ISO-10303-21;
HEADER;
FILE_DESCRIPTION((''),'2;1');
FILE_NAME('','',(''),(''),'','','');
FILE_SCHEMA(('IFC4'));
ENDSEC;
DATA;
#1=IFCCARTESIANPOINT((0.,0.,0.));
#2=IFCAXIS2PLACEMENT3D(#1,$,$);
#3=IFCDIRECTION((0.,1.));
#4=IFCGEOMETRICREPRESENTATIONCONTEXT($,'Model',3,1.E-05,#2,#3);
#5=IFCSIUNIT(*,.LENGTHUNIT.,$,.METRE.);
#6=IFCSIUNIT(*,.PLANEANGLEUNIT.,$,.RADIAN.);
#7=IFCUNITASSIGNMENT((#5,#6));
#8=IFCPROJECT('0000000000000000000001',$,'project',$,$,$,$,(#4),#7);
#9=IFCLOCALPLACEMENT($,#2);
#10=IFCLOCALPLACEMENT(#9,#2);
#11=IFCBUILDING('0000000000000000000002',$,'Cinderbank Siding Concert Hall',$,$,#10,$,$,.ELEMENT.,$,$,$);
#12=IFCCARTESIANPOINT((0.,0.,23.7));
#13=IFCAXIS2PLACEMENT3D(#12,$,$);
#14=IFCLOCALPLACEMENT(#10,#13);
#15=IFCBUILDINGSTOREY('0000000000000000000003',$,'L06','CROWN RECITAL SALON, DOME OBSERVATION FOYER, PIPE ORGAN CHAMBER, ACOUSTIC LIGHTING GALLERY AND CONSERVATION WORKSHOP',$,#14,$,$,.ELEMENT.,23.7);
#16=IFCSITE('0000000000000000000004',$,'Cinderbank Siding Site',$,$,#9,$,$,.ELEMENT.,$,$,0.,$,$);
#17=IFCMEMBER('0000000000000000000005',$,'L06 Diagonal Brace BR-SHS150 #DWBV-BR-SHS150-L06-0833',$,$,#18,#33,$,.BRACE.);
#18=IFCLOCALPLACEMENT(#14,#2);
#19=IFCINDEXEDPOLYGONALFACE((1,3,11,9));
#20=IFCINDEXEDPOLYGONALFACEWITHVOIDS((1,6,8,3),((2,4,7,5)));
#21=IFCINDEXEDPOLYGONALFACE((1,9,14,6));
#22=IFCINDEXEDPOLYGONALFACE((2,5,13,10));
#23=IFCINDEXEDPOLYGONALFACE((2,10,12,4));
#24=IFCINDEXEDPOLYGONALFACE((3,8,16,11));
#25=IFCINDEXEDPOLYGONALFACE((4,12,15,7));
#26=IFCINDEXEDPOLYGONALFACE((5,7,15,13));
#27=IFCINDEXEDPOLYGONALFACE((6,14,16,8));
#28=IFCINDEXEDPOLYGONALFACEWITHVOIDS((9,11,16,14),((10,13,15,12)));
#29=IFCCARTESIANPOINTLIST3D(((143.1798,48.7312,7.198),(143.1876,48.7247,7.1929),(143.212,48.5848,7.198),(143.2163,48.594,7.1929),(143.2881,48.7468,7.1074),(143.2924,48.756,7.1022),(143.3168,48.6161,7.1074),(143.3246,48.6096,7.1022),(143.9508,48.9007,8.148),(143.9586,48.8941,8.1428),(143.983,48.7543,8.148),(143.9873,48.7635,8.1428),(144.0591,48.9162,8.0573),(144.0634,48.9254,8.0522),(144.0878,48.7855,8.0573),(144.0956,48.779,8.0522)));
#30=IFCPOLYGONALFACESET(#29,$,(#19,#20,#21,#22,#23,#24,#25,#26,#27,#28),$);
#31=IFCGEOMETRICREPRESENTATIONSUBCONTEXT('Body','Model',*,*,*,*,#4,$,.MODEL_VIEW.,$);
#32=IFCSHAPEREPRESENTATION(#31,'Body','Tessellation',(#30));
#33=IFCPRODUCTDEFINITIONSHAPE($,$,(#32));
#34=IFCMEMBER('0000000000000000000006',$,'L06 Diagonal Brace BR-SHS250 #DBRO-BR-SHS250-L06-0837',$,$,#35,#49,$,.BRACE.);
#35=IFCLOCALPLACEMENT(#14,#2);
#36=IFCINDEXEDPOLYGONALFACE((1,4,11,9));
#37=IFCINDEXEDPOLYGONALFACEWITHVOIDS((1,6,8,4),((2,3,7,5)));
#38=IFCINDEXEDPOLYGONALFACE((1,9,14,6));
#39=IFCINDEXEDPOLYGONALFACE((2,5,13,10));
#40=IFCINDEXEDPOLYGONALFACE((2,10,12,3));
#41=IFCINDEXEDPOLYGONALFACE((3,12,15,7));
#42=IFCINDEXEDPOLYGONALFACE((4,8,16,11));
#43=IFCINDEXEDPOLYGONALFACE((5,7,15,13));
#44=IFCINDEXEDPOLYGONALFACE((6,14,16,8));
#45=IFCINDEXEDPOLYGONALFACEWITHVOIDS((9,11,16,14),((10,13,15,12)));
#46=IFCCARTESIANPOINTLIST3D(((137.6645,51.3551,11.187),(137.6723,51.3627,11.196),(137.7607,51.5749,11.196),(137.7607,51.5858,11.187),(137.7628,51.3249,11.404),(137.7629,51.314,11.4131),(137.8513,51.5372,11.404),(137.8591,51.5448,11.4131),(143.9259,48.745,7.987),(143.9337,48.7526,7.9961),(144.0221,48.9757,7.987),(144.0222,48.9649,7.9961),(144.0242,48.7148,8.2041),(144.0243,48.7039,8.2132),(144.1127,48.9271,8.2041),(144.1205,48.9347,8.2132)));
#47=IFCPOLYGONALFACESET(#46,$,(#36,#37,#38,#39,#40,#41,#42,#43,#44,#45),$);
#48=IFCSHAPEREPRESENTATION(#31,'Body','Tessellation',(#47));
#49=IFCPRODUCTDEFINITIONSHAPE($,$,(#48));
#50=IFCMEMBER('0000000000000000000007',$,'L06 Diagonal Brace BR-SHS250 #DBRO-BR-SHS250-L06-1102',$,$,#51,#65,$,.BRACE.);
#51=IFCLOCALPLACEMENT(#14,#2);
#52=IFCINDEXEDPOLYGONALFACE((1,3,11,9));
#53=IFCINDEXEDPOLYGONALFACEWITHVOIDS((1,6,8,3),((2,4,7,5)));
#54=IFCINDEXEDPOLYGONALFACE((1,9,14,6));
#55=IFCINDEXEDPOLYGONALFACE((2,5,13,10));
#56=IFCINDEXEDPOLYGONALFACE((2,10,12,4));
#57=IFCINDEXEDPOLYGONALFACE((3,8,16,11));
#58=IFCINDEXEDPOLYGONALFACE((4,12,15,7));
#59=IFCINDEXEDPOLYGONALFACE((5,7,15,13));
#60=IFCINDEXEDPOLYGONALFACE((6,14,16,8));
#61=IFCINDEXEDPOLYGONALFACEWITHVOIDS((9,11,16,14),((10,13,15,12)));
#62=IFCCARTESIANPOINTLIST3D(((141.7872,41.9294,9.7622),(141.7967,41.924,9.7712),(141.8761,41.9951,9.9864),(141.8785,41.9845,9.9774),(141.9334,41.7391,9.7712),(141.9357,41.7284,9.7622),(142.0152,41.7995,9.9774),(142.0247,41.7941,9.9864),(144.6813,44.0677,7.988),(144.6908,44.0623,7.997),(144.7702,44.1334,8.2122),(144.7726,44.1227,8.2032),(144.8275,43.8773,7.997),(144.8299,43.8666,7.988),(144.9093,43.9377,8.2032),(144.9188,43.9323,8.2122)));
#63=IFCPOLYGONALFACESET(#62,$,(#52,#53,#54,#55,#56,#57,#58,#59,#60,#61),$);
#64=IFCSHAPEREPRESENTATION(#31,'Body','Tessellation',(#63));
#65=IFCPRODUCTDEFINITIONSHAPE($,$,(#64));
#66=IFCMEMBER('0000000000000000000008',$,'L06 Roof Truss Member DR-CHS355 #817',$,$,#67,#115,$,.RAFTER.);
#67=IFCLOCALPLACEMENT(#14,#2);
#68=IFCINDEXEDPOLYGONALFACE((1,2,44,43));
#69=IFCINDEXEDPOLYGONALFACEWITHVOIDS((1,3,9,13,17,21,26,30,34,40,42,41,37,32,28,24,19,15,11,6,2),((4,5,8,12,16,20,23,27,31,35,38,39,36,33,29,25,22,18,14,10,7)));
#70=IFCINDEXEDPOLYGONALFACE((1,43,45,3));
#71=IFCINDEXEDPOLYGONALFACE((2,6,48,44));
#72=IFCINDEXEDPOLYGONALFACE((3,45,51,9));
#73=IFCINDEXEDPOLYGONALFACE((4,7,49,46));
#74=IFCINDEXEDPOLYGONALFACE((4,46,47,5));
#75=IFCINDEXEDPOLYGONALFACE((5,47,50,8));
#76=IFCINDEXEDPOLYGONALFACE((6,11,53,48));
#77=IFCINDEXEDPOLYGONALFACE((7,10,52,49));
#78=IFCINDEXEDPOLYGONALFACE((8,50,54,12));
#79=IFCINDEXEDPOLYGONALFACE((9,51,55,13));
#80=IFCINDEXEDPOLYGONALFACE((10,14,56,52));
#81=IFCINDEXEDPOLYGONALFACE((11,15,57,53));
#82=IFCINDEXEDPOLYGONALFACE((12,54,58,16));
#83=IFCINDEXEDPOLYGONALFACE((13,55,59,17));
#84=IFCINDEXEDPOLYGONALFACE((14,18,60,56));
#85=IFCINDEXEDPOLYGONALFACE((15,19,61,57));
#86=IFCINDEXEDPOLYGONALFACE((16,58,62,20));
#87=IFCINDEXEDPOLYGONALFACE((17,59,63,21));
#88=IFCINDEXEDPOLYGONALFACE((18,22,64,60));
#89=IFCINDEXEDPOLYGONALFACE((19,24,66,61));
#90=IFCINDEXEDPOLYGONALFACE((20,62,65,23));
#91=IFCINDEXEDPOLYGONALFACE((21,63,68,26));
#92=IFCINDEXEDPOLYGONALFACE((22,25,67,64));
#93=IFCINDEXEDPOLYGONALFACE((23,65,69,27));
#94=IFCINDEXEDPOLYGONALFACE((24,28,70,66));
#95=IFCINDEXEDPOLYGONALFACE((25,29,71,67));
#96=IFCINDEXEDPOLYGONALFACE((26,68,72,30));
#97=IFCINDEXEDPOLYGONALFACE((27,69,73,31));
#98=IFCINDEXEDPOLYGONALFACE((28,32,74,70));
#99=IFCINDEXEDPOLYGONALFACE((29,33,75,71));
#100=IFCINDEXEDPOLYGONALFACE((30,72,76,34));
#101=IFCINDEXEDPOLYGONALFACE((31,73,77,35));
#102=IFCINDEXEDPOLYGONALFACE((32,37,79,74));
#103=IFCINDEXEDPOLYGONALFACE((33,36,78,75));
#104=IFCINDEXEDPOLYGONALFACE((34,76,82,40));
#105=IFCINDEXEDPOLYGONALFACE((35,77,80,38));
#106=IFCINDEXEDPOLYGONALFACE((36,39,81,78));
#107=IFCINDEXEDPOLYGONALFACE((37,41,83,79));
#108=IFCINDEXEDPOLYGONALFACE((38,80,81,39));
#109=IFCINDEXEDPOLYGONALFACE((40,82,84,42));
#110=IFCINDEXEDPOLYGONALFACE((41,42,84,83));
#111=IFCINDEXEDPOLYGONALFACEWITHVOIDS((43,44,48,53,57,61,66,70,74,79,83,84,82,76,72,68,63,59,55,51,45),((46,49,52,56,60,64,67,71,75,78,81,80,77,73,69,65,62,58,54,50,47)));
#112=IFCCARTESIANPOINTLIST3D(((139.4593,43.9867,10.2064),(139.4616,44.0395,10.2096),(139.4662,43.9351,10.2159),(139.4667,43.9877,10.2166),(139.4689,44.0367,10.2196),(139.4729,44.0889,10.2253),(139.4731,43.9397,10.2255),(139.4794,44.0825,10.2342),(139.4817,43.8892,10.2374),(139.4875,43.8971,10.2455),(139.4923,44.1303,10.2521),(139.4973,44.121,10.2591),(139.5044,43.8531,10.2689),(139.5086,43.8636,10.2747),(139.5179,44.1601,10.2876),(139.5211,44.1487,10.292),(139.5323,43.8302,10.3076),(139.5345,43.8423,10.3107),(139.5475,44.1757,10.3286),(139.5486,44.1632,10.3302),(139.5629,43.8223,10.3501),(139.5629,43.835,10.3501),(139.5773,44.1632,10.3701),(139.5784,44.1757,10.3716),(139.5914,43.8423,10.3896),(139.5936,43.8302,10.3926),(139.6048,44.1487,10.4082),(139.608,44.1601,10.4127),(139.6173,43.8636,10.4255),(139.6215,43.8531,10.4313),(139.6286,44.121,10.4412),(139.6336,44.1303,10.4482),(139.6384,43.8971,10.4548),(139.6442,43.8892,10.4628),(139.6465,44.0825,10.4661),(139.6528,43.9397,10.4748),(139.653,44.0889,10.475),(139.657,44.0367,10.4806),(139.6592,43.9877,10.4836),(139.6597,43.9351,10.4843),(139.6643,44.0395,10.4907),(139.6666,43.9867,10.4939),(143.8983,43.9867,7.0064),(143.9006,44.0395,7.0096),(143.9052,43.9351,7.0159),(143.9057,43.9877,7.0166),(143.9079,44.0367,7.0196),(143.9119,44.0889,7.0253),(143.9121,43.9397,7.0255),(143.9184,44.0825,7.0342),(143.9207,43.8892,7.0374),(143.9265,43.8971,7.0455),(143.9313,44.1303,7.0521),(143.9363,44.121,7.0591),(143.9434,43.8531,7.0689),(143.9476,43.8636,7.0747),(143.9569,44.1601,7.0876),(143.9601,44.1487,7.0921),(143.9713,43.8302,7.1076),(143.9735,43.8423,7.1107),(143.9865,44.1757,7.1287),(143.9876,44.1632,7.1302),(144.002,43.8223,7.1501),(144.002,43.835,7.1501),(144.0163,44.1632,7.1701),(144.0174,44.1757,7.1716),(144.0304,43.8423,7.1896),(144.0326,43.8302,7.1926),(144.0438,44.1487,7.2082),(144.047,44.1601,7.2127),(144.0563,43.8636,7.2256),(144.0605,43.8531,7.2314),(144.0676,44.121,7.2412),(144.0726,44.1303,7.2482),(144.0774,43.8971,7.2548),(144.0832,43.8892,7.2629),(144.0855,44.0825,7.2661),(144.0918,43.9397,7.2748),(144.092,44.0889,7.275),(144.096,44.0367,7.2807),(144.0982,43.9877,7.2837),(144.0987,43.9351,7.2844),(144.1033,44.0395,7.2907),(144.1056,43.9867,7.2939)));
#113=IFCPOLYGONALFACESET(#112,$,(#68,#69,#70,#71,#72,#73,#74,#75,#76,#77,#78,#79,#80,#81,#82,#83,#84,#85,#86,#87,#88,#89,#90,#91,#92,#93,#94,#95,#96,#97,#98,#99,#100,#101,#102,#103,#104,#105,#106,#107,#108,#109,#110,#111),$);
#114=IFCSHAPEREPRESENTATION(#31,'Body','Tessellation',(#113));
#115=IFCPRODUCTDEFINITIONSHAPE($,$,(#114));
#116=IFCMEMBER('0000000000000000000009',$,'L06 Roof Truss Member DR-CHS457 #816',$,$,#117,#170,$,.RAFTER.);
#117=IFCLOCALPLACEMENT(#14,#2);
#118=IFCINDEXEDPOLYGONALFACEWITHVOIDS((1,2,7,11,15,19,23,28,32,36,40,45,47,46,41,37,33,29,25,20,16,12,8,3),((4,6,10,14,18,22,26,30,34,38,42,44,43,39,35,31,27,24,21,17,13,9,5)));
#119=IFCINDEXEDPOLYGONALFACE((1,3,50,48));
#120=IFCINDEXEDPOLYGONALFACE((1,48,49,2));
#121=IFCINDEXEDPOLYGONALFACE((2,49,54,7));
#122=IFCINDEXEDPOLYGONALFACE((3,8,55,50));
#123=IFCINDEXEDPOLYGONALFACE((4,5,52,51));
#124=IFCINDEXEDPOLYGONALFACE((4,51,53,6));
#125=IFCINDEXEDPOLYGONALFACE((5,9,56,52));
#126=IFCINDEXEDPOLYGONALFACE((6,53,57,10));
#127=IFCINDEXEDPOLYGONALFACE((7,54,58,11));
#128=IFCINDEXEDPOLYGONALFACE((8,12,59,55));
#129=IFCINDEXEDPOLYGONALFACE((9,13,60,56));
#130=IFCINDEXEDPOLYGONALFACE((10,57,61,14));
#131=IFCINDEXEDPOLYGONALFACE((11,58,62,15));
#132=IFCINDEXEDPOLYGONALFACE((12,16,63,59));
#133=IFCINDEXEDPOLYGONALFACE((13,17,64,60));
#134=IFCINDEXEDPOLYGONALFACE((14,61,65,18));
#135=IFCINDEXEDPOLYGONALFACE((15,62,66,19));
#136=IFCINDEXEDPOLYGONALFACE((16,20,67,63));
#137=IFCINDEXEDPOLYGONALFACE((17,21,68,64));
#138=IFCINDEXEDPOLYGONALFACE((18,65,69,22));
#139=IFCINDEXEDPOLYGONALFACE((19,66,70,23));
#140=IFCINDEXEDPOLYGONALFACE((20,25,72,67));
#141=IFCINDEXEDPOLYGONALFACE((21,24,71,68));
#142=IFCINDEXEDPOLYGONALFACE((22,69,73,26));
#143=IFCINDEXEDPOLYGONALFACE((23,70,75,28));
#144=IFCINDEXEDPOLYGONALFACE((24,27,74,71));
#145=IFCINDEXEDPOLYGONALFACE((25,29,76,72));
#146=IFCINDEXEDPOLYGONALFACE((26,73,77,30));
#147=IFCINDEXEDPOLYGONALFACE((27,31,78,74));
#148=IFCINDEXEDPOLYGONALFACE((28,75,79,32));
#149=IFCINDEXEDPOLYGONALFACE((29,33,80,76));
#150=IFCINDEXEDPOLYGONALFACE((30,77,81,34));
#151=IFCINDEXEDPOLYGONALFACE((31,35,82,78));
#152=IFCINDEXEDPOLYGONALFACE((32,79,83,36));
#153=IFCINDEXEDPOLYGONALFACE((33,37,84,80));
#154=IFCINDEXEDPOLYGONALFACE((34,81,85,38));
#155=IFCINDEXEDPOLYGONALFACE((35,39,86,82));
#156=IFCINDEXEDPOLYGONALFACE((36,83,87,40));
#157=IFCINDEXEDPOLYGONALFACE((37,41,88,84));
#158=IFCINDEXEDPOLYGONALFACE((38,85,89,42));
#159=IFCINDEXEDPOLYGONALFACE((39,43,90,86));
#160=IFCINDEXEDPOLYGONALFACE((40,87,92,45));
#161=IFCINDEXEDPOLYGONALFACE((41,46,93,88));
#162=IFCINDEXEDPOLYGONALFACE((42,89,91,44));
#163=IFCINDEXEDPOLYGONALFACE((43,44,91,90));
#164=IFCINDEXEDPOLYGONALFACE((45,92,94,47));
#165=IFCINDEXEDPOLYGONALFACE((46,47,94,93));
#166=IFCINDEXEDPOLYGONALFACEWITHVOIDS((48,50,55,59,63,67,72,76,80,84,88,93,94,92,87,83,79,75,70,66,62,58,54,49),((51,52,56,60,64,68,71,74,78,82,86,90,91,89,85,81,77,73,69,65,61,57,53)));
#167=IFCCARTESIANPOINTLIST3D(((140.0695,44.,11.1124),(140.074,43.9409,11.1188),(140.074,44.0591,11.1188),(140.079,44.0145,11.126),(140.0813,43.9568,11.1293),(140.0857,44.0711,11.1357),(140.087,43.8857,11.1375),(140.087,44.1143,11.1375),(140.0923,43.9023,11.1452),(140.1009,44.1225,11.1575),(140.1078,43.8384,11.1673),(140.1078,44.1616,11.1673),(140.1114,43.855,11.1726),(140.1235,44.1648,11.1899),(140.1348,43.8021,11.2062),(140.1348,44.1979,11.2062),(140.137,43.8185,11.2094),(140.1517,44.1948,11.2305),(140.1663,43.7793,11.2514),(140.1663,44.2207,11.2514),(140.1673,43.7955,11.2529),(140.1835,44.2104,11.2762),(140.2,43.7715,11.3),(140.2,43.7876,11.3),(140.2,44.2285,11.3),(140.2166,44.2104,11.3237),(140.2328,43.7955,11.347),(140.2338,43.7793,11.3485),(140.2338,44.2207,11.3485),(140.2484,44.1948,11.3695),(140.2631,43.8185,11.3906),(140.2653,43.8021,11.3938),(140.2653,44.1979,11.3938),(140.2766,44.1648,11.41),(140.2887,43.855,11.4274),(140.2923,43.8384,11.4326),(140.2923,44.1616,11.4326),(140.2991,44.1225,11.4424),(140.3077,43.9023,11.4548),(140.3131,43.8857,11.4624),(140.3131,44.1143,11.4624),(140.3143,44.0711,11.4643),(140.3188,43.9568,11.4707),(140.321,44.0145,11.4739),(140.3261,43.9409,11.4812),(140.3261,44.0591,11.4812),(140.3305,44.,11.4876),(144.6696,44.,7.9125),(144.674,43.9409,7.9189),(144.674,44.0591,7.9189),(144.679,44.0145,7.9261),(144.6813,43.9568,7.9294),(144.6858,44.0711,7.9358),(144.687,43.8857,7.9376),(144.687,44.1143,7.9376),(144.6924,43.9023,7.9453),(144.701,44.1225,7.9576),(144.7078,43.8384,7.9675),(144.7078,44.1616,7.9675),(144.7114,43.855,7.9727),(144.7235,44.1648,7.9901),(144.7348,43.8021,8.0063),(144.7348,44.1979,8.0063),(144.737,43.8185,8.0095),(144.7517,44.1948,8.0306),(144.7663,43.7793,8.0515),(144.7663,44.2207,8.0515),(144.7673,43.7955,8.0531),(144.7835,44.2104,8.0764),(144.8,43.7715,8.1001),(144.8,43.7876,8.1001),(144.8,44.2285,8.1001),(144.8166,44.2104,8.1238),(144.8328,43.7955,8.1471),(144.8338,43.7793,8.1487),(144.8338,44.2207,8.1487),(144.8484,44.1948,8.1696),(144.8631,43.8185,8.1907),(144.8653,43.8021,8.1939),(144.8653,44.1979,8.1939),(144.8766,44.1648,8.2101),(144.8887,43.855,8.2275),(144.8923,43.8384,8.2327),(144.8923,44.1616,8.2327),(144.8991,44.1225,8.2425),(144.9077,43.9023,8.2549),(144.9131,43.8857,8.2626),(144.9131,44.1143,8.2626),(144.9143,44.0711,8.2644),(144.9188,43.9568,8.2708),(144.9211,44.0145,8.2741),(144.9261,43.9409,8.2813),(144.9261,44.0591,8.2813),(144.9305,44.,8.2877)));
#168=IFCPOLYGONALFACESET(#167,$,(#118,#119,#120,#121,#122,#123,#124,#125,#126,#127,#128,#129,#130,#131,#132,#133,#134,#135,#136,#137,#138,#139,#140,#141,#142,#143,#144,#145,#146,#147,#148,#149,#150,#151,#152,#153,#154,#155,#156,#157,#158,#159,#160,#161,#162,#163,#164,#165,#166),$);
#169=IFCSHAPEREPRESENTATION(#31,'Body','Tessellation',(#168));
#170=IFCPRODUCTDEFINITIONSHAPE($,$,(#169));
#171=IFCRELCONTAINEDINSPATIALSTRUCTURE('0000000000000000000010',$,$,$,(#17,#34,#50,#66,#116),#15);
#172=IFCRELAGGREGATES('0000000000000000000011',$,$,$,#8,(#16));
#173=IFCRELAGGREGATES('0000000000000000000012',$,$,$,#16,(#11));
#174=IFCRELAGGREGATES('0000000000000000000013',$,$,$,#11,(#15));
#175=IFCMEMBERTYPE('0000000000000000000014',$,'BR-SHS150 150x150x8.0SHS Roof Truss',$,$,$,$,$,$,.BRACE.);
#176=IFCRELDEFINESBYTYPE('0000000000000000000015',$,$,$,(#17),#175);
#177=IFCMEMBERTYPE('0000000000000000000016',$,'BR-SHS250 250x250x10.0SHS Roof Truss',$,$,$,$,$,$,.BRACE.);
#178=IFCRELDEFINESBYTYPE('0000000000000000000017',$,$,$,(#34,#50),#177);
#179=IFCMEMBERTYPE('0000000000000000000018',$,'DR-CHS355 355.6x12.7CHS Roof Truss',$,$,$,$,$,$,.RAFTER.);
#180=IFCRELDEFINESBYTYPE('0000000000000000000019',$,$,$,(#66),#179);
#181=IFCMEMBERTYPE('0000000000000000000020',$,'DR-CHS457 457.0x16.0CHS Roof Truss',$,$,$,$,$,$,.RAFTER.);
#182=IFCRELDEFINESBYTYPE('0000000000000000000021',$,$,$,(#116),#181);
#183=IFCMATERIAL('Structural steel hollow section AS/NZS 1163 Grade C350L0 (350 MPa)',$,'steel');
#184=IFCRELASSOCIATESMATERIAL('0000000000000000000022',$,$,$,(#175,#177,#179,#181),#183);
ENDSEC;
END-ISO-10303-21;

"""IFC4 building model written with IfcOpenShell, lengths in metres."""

from ifc_helpers import new_model, si_unit, direction, frame, origin, origin_2d, place, context, subcontext, project, spatial, hollow_rectangle, hollow_circle, extrude, material, material_profile, profile_set, type_object, element, save


model = new_model("IFC4")

# Units and contexts
model_context = context("Model", 3, precision=1e-05, world=origin(), true_north=direction((0.0, 1.0)))
body_context = subcontext(model_context, "Body", "Model", "MODEL_VIEW")
ifc_project = project(units=[si_unit("LENGTHUNIT", "METRE"), si_unit("PLANEANGLEUNIT", "RADIAN")], contexts=[model_context])

# Site, building, storey
site_placement = place(None, origin())
site = spatial("IfcSite", under=ifc_project, at=site_placement, Name="Cinderbank Siding Site", CompositionType="ELEMENT", RefElevation=0.0)
building_placement = place(site_placement, origin())
building = spatial("IfcBuilding", under=site, at=building_placement, Name="Cinderbank Siding Concert Hall", CompositionType="ELEMENT")
storey_placement = place(building_placement, frame((0.0, 0.0, 23.7)))
storey = spatial("IfcBuildingStorey", under=building, at=storey_placement, Name="L06", Description="CROWN RECITAL SALON, DOME OBSERVATION FOYER, PIPE ORGAN CHAMBER, ACOUSTIC LIGHTING GALLERY AND CONSERVATION WORKSHOP", CompositionType="ELEMENT", Elevation=23.7)

# Members
ifc_material_1 = material(Name="Structural steel hollow section AS/NZS 1163 Grade C350L0 (350 MPa)", Category="steel")
ifc_material_profile_1 = material_profile(ifc_material_1, hollow_rectangle(XDim=0.1499, YDim=0.1499, WallThickness=0.0081, at=origin_2d()), Name="150x150x8.0SHS", Category="LoadBearing")
ifc_profile_set_1 = profile_set([ifc_material_profile_1], Name="Structural steel hollow section AS/NZS 1163 Grade C350L0 (350 MPa)")
member_type_1 = type_object("IfcMemberType", Name="BR-SHS150 150x150x8.0SHS Roof Truss", PredefinedType="BRACE", material=ifc_profile_set_1)
member_1_placement = place(storey_placement, frame((143.2522, 48.6704, 7.1501), z_axis=(0.624222, 0.137179, 0.769109), x_axis=(-0.214638, 0.976694, 0.0)))
element("IfcMember", 1, at=member_1_placement, inside=storey, type_object=member_type_1, Name="L06 Diagonal Brace BR-SHS150 #DWBV-BR-SHS150-L06-0833", PredefinedType="BRACE", context=body_context, shape_type="SweptSolid", body=[
    extrude(hollow_rectangle(XDim=0.1499, YDim=0.1499, WallThickness=0.0081, at=origin_2d()), origin(), (0.0, 0.0, 1.0), 1.2351),
])
ifc_material_profile_2 = material_profile(ifc_material_1, hollow_rectangle(XDim=0.25, YDim=0.25, WallThickness=0.01, at=origin_2d()), Name="250x250x10.0SHS", Category="LoadBearing")
ifc_profile_set_2 = profile_set([ifc_material_profile_2], Name="Structural steel hollow section AS/NZS 1163 Grade C350L0 (350 MPa)")
member_type_2 = type_object("IfcMemberType", Name="BR-SHS250 250x250x10.0SHS Roof Truss", PredefinedType="BRACE", material=ifc_profile_set_2)
member_2_placement = place(storey_placement, frame((144.0232, 48.8398, 8.1001), z_axis=(-0.834801, 0.347988, 0.426628), x_axis=(-0.384761, -0.923016, 0.0)))
element("IfcMember", 2, at=member_2_placement, inside=storey, type_object=member_type_2, Name="L06 Diagonal Brace BR-SHS250 #DBRO-BR-SHS250-L06-0837", PredefinedType="BRACE", context=body_context, shape_type="SweptSolid", body=[
    extrude(hollow_rectangle(XDim=0.25, YDim=0.25, WallThickness=0.01, at=origin_2d()), origin(), (0.0, 0.0, 1.0), 7.5005),
])
member_3_placement = place(storey_placement, frame((144.8, 44.0, 8.1001), z_axis=(-0.721373, -0.532966, 0.442232), x_axis=(0.594231, -0.804295, 0.0)))
element("IfcMember", 3, at=member_3_placement, inside=storey, type_object=member_type_2, Name="L06 Diagonal Brace BR-SHS250 #DBRO-BR-SHS250-L06-1102", PredefinedType="BRACE", context=body_context, shape_type="SweptSolid", body=[
    extrude(hollow_rectangle(XDim=0.25, YDim=0.25, WallThickness=0.01, at=origin_2d()), origin(), (0.0, 0.0, 1.0), 4.012),
])
ifc_material_profile_3 = material_profile(ifc_material_1, hollow_circle(Radius=0.1777, WallThickness=0.0127, at=origin_2d()), Name="355.6x12.7CHS", Category="LoadBearing")
ifc_profile_set_3 = profile_set([ifc_material_profile_3], Name="Structural steel hollow section AS/NZS 1163 Grade C350L0 (350 MPa)")
member_type_3 = type_object("IfcMemberType", Name="DR-CHS355 355.6x12.7CHS Roof Truss", PredefinedType="RAFTER", material=ifc_profile_set_3)
member_4_placement = place(storey_placement, frame((144.002, 44.0, 7.1501), z_axis=(-0.811197, 0.0, 0.584774), x_axis=(0.0, -1.0, 0.0)))
element("IfcMember", 4, at=member_4_placement, inside=storey, type_object=member_type_3, Name="L06 Roof Truss Member DR-CHS355 #817", PredefinedType="RAFTER", context=body_context, shape_type="SweptSolid", body=[
    extrude(hollow_circle(Radius=0.1777, WallThickness=0.0127, at=origin_2d()), origin(), (0.0, 0.0, 1.0), 5.4722),
])
ifc_material_profile_4 = material_profile(ifc_material_1, hollow_circle(Radius=0.2285, WallThickness=0.0161, at=origin_2d()), Name="457.0x16.0CHS", Category="LoadBearing")
ifc_profile_set_4 = profile_set([ifc_material_profile_4], Name="Structural steel hollow section AS/NZS 1163 Grade C350L0 (350 MPa)")
member_type_4 = type_object("IfcMemberType", Name="DR-CHS457 457.0x16.0CHS Roof Truss", PredefinedType="RAFTER", material=ifc_profile_set_4)
member_5_placement = place(storey_placement, frame((144.8, 44.0, 8.1001), z_axis=(-0.820915, 0.0, 0.57105), x_axis=(0.0, -1.0, 0.0)))
element("IfcMember", 5, at=member_5_placement, inside=storey, type_object=member_type_4, Name="L06 Roof Truss Member DR-CHS457 #816", PredefinedType="RAFTER", context=body_context, shape_type="SweptSolid", body=[
    extrude(hollow_circle(Radius=0.2285, WallThickness=0.0161, at=origin_2d()), origin(), (0.0, 0.0, 1.0), 5.6035),
])

save(model, "model.ifc")
